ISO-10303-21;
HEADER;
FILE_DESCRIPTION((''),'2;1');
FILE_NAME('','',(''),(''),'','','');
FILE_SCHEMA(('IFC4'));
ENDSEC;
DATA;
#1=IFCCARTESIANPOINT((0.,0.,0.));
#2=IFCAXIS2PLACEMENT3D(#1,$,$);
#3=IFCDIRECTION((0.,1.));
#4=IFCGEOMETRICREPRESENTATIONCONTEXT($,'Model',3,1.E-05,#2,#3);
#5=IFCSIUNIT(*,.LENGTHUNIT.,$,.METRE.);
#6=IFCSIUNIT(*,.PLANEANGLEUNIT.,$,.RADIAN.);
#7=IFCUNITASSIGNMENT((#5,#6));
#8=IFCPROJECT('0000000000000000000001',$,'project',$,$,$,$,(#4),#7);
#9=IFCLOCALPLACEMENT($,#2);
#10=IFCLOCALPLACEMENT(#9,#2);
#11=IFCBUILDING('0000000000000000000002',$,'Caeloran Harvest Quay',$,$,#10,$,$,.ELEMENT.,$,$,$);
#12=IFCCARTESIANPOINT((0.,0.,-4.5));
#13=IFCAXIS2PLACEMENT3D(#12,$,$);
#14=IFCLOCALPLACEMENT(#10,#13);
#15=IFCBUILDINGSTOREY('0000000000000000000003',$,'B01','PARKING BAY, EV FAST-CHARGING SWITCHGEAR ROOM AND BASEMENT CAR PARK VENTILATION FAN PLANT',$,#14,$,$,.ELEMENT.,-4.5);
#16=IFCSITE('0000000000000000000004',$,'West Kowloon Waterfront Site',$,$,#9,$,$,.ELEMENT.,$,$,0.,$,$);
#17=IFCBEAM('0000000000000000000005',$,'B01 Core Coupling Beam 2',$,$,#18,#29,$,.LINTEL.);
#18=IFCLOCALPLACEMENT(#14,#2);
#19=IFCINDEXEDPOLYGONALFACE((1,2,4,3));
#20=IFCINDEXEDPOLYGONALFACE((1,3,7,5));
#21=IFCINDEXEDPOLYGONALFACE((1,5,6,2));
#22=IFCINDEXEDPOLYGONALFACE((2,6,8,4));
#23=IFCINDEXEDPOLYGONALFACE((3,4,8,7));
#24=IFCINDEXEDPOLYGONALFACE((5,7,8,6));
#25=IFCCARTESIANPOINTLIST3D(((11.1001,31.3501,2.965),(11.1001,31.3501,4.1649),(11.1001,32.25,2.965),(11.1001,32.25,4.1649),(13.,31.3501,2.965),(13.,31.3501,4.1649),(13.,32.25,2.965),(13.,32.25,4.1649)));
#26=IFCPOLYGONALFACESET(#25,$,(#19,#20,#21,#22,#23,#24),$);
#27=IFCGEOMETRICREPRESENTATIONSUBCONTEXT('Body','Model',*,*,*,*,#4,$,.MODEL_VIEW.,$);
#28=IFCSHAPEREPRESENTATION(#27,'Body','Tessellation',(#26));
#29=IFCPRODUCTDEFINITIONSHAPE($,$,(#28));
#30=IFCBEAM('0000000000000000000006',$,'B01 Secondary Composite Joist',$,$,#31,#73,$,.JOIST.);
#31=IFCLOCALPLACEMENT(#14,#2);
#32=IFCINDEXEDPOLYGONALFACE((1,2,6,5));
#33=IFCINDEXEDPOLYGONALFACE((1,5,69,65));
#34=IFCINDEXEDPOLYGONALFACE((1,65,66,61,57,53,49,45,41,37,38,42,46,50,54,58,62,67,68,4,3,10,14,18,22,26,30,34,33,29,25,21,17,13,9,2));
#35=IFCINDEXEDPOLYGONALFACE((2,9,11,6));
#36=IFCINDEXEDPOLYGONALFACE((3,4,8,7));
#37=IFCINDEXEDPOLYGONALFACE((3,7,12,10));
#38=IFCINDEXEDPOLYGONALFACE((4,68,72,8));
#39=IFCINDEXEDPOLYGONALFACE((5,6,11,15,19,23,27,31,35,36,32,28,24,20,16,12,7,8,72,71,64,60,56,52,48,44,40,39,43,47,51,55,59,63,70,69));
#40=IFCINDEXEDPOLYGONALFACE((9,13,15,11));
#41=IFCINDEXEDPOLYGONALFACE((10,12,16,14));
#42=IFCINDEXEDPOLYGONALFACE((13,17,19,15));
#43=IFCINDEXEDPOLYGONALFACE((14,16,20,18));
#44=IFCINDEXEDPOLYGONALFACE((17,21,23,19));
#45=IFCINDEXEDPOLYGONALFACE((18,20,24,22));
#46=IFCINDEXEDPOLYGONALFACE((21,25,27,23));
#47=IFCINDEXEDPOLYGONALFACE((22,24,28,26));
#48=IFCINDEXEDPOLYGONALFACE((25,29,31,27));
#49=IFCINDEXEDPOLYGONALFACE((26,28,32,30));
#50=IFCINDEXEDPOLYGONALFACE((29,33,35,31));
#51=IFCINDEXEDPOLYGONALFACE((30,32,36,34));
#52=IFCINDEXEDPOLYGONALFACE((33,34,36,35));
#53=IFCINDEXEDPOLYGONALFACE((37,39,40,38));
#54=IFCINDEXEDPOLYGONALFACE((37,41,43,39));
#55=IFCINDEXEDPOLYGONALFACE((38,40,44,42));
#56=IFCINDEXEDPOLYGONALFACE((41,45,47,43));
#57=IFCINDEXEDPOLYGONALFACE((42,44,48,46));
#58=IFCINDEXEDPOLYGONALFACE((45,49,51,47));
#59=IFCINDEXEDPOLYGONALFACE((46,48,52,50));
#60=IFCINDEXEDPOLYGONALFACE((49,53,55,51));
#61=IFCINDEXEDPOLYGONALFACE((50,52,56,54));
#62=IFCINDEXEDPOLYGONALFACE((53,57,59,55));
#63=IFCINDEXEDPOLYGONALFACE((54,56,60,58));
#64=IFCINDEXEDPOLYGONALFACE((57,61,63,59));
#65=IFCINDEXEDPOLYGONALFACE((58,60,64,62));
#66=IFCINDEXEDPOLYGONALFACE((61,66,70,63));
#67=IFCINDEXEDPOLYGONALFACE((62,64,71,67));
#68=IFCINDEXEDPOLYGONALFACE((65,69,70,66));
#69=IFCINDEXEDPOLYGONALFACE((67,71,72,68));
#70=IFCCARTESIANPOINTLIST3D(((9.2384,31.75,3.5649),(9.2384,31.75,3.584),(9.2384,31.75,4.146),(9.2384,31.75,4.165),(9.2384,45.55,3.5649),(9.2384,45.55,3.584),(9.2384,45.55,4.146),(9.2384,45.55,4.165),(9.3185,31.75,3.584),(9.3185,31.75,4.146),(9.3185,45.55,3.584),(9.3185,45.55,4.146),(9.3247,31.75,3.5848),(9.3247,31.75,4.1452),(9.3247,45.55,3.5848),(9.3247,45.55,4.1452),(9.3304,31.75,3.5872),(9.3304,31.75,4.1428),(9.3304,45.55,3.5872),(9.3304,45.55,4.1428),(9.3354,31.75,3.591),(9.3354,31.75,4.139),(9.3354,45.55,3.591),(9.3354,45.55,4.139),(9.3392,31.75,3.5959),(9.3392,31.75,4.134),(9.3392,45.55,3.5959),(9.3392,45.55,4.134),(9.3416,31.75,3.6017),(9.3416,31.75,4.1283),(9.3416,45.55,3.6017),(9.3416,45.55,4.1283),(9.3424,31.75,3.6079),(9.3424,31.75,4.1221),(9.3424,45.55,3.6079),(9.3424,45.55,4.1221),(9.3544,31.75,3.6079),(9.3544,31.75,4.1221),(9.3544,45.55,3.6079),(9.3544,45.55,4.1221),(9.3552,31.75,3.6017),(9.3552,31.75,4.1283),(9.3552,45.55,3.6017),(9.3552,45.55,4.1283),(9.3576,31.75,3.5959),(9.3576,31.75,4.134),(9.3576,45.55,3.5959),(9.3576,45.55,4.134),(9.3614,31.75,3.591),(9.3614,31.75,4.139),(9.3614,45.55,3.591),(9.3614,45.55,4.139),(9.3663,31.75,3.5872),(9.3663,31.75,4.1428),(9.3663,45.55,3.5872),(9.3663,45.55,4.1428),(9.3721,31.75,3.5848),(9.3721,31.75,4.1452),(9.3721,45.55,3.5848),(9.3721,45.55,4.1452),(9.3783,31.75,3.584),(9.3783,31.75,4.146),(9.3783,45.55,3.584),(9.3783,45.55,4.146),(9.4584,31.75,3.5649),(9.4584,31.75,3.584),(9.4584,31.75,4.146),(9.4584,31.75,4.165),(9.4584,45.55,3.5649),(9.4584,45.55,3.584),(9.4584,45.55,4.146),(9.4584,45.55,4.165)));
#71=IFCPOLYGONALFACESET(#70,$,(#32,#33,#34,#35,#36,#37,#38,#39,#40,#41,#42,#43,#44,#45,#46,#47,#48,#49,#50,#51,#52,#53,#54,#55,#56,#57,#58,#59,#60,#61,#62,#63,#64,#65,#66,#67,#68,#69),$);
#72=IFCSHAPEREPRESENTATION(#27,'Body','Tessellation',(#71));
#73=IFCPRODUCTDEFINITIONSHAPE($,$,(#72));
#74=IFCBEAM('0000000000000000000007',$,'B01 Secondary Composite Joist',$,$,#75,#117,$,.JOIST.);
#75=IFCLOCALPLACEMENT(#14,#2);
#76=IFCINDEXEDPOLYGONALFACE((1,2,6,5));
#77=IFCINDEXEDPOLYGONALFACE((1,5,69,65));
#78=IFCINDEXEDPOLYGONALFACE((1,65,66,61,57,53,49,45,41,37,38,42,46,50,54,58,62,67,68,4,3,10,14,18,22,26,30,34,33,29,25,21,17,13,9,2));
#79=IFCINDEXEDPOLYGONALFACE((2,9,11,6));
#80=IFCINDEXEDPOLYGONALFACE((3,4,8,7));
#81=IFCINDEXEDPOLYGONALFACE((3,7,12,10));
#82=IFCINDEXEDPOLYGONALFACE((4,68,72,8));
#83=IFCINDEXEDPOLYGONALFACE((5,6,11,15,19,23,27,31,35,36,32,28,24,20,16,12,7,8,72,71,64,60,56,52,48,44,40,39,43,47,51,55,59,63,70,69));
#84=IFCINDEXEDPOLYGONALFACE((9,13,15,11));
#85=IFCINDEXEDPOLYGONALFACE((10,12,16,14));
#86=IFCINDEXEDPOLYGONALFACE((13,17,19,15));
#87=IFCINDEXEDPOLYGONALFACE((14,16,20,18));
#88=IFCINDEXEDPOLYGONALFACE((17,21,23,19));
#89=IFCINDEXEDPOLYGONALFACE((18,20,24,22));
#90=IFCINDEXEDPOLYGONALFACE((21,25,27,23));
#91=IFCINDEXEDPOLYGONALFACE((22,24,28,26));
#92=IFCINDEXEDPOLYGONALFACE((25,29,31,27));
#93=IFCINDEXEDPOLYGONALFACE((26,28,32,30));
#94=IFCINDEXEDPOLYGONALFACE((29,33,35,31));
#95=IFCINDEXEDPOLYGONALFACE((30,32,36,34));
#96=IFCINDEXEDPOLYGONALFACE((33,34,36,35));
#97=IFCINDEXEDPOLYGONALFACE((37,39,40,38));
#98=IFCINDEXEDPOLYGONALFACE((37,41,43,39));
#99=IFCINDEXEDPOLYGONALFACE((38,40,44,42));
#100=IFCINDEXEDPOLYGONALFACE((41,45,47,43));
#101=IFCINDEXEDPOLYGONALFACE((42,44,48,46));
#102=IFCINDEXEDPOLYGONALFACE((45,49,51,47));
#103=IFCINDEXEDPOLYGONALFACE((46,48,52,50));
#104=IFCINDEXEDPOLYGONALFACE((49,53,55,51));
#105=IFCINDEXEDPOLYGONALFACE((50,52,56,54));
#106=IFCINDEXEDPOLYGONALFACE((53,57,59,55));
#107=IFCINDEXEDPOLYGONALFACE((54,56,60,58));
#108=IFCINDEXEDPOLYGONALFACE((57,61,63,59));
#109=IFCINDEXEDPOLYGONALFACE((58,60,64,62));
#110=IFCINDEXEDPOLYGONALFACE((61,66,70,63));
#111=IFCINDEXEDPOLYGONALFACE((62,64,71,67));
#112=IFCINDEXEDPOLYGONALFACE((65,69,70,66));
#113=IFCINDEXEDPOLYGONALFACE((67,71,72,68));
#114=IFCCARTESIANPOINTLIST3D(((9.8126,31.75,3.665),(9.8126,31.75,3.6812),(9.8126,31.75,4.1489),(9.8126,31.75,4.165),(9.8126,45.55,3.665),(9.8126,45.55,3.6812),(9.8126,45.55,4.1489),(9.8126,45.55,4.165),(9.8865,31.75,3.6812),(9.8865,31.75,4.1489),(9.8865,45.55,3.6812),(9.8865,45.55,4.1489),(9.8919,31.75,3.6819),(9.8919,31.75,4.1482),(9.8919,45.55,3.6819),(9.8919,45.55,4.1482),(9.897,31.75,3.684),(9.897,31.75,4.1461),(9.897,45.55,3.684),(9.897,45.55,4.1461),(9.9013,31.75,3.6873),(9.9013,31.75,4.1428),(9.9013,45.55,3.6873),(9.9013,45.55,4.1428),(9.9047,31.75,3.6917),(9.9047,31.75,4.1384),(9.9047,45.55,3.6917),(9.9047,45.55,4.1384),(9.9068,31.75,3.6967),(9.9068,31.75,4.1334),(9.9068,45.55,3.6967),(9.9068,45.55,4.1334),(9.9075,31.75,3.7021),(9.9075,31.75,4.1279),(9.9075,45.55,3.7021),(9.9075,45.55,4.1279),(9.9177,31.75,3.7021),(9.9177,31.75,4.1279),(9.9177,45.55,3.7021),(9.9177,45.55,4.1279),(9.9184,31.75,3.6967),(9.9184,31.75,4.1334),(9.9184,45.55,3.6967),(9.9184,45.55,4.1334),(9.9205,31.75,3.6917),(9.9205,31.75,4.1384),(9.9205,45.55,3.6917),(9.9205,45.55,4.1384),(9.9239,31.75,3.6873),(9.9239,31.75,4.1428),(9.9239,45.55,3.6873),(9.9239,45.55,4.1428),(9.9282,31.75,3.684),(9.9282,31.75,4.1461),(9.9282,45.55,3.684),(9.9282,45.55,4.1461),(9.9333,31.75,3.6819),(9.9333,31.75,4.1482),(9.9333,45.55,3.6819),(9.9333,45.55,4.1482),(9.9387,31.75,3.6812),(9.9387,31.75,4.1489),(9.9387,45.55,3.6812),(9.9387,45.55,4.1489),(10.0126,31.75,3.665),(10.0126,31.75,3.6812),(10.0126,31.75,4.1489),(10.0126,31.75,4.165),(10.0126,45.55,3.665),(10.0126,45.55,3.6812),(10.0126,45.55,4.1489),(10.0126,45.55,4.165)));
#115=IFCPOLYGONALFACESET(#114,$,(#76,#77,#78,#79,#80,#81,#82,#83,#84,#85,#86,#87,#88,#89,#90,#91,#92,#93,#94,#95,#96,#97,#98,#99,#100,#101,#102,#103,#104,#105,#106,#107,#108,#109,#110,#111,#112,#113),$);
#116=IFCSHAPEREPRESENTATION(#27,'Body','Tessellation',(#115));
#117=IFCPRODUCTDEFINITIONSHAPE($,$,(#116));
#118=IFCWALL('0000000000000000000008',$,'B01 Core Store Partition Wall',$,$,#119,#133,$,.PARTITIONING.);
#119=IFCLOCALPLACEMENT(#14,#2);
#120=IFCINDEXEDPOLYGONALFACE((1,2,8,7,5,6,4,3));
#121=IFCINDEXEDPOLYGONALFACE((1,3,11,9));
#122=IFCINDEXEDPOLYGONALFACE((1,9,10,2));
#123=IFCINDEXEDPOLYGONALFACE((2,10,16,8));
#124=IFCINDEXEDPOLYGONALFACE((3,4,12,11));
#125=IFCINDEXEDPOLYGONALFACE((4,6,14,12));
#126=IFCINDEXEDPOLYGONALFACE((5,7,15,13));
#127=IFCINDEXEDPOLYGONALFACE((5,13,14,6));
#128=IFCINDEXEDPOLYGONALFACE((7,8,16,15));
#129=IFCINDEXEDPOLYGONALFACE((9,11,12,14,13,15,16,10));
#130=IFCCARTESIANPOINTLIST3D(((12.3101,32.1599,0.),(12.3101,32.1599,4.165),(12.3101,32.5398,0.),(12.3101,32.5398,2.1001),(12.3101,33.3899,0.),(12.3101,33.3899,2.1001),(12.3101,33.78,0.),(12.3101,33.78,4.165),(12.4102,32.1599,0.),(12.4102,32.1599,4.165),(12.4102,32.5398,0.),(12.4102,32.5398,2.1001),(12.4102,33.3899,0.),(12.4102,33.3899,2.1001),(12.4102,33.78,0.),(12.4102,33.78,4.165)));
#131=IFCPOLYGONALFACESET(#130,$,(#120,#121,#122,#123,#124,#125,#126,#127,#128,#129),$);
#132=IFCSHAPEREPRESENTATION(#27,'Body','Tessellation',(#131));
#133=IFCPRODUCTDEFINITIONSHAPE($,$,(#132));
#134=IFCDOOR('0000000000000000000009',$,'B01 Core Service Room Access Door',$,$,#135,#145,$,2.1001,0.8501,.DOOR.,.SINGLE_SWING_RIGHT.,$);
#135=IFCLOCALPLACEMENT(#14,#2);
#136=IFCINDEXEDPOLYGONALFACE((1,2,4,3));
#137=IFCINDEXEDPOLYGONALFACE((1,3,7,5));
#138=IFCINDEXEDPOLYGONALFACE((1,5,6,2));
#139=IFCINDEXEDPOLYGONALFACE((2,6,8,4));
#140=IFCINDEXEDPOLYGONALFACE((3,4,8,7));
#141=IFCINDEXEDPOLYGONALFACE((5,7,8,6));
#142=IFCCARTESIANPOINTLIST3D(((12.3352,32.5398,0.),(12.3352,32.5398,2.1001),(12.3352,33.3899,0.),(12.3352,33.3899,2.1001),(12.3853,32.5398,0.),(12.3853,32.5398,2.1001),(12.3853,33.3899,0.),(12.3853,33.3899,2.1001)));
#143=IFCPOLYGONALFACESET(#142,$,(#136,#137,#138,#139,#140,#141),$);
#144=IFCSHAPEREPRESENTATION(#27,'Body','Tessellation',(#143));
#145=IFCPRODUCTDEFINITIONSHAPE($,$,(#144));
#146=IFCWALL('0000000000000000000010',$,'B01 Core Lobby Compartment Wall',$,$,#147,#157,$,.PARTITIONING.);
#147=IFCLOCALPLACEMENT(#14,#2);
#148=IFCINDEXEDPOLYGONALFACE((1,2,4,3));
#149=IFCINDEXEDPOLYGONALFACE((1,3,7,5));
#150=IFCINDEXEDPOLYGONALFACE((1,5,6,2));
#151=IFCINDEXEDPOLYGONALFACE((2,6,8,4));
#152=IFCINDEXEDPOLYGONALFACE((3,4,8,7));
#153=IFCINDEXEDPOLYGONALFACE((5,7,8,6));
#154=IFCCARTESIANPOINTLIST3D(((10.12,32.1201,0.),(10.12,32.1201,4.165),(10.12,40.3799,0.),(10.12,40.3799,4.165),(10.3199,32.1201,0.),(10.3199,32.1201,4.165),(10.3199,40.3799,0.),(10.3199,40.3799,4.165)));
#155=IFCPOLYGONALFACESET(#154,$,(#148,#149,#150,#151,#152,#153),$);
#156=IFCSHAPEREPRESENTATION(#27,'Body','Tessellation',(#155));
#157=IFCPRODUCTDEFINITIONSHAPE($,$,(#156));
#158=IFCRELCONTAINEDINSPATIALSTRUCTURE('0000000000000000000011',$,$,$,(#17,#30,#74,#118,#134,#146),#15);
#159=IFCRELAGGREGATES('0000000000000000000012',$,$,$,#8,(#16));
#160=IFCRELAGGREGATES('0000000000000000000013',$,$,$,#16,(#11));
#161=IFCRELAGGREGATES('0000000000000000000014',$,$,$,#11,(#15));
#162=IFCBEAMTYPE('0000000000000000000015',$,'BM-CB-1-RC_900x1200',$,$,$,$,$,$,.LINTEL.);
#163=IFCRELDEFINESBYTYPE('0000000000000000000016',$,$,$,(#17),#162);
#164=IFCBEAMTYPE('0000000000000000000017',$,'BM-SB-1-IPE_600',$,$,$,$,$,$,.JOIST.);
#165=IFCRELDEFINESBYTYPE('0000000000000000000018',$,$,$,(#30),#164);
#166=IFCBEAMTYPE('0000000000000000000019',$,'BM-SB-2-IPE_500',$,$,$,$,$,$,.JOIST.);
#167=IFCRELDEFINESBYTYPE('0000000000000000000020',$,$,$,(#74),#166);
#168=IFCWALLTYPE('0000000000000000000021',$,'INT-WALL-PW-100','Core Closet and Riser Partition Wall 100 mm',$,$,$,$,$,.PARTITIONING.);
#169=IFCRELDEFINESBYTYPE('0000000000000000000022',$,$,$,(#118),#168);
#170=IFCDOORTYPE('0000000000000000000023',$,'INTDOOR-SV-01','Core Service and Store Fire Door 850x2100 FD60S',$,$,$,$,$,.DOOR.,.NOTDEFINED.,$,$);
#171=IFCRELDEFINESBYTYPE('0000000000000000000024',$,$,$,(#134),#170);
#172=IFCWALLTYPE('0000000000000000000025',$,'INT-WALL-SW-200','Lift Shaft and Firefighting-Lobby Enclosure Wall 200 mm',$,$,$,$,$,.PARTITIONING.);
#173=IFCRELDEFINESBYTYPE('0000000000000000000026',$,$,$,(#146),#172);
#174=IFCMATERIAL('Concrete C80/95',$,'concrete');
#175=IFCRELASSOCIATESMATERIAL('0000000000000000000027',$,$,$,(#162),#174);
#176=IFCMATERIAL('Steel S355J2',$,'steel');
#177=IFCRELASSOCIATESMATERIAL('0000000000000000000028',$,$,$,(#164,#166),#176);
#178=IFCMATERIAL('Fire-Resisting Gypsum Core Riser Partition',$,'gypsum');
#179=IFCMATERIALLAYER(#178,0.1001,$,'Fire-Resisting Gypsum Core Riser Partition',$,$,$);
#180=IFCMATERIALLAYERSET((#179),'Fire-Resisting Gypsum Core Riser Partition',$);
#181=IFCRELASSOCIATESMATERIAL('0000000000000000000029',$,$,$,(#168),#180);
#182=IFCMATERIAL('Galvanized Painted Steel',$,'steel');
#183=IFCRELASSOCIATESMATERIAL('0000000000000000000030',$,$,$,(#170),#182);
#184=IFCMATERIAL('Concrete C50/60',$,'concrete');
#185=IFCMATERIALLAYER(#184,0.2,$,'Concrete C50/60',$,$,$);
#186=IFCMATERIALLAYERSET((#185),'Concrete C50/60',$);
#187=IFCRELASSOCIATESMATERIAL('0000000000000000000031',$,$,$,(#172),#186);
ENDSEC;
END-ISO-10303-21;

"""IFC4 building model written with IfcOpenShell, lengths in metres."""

from ifc_helpers import new_model, si_unit, direction, frame, frame_2d, origin, origin_2d, place, context, subcontext, project, spatial, rectangle, i_section, extrude, material, layer, layer_set, material_profile, profile_set, type_object, element, fill, save


model = new_model("IFC4")

# Units and contexts
model_context = context("Model", 3, precision=1e-05, world=origin(), true_north=direction((0.0, 1.0)))
body_context = subcontext(model_context, "Body", "Model", "MODEL_VIEW")
ifc_project = project(units=[si_unit("LENGTHUNIT", "METRE"), si_unit("PLANEANGLEUNIT", "RADIAN")], contexts=[model_context])

# Site, building, storey
site_placement = place(None, origin())
site = spatial("IfcSite", under=ifc_project, at=site_placement, Name="West Kowloon Waterfront Site", CompositionType="ELEMENT", RefElevation=0.0)
building_placement = place(site_placement, origin())
building = spatial("IfcBuilding", under=site, at=building_placement, Name="Caeloran Harvest Quay", CompositionType="ELEMENT")
storey_placement = place(building_placement, frame((0.0, 0.0, -4.5)))
storey = spatial("IfcBuildingStorey", under=building, at=storey_placement, Name="B01", Description="PARKING BAY, EV FAST-CHARGING SWITCHGEAR ROOM AND BASEMENT CAR PARK VENTILATION FAN PLANT", CompositionType="ELEMENT", Elevation=-4.5)

# Beams
ifc_material_1 = material(Name="Concrete C80/95", Category="concrete")
ifc_material_profile_1 = material_profile(ifc_material_1, rectangle(XDim=0.8999, YDim=1.2, at=origin_2d()), Name="RC 900x1200")
ifc_profile_set_1 = profile_set([ifc_material_profile_1], Name="Concrete C80/95")
beam_type_1 = type_object("IfcBeamType", Name="BM-CB-1-RC_900x1200", PredefinedType="LINTEL", material=ifc_profile_set_1)
beam_1_placement = place(storey_placement, frame((11.1001, 31.8, 3.5649), z_axis=(1.0, 0.0, 0.0), x_axis=(0.0, 1.0, 0.0)))
element("IfcBeam", 1, at=beam_1_placement, inside=storey, type_object=beam_type_1, Name="B01 Core Coupling Beam 2", PredefinedType="LINTEL", context=body_context, shape_type="SweptSolid", body=[
    extrude(rectangle(XDim=0.8999, YDim=1.2, at=origin_2d()), origin(), (0.0, 0.0, 1.0), 1.8999),
])
ifc_material_2 = material(Name="Steel S355J2", Category="steel")
ifc_material_profile_2 = material_profile(ifc_material_2, i_section(OverallWidth=0.22, OverallDepth=0.6001, WebThickness=0.012, FlangeThickness=0.019, FilletRadius=0.0239, at=origin_2d()), Name="IPE 600")
ifc_profile_set_2 = profile_set([ifc_material_profile_2], Name="Steel S355J2")
beam_type_2 = type_object("IfcBeamType", Name="BM-SB-1-IPE_600", PredefinedType="JOIST", material=ifc_profile_set_2)
beam_2_placement = place(storey_placement, frame((9.3484, 31.75, 3.865), z_axis=(0.0, 1.0, 0.0), x_axis=(-1.0, 0.0, 0.0)))
element("IfcBeam", 2, at=beam_2_placement, inside=storey, type_object=beam_type_2, Name="B01 Secondary Composite Joist", PredefinedType="JOIST", context=body_context, shape_type="SweptSolid", body=[
    extrude(i_section(OverallWidth=0.22, OverallDepth=0.6001, WebThickness=0.012, FlangeThickness=0.019, FilletRadius=0.0239, at=origin_2d()), origin(), (0.0, 0.0, 1.0), 13.8),
])
ifc_material_profile_3 = material_profile(ifc_material_2, i_section(OverallWidth=0.2, OverallDepth=0.5, WebThickness=0.0103, FlangeThickness=0.0161, FilletRadius=0.021, at=origin_2d()), Name="IPE 500")
ifc_profile_set_3 = profile_set([ifc_material_profile_3], Name="Steel S355J2")
beam_type_3 = type_object("IfcBeamType", Name="BM-SB-2-IPE_500", PredefinedType="JOIST", material=ifc_profile_set_3)
beam_3_placement = place(storey_placement, frame((9.9126, 31.75, 3.915), z_axis=(0.0, 1.0, 0.0), x_axis=(-1.0, 0.0, 0.0)))
element("IfcBeam", 3, at=beam_3_placement, inside=storey, type_object=beam_type_3, Name="B01 Secondary Composite Joist", PredefinedType="JOIST", context=body_context, shape_type="SweptSolid", body=[
    extrude(i_section(OverallWidth=0.2, OverallDepth=0.5, WebThickness=0.0103, FlangeThickness=0.0161, FilletRadius=0.021, at=origin_2d()), origin(), (0.0, 0.0, 1.0), 13.8),
])

# Wall, opening, door
ifc_material_3 = material(Name="Fire-Resisting Gypsum Core Riser Partition", Category="gypsum")
ifc_layer_1 = layer(ifc_material_3, 0.1001, Name="Fire-Resisting Gypsum Core Riser Partition")
ifc_layer_set_1 = layer_set([ifc_layer_1], Name="Fire-Resisting Gypsum Core Riser Partition")
wall_type_1 = type_object("IfcWallType", Name="INT-WALL-PW-100", Description="Core Closet and Riser Partition Wall 100 mm", PredefinedType="PARTITIONING", material=ifc_layer_set_1)
wall_1_placement = place(storey_placement, frame((12.3601, 32.1599, 0.0), z_axis=(0.0, 0.0, 1.0), x_axis=(0.0, 1.0, 0.0)))
wall_1 = element("IfcWall", 4, at=wall_1_placement, inside=storey, type_object=wall_type_1, Name="B01 Core Store Partition Wall", PredefinedType="PARTITIONING", context=body_context, shape_type="SweptSolid", body=[
    extrude(rectangle(XDim=1.6201, YDim=0.1001, at=frame_2d((0.8101, 0.0))), origin(), (0.0, 0.0, 1.0), 4.165),
])
opening_1_placement = place(wall_1_placement, frame((0.3799, 0.0, 0.0)))
opening_1 = element("IfcOpeningElement", 5, at=opening_1_placement, cuts=wall_1, PredefinedType="OPENING", context=body_context, shape_type="SweptSolid", body=[
    extrude(rectangle(XDim=0.8501, YDim=2.1001, at=frame_2d((0.425, 1.05))), frame((0.0, 0.0601, 0.0), z_axis=(0.0, -1.0, 0.0), x_axis=(1.0, 0.0, 0.0)), (0.0, 0.0, 1.0), 0.1201),
])
ifc_material_4 = material(Name="Galvanized Painted Steel", Category="steel")
door_type_1 = type_object("IfcDoorType", Name="INTDOOR-SV-01", Description="Core Service and Store Fire Door 850x2100 FD60S", OperationType="NOTDEFINED", PredefinedType="DOOR", material=ifc_material_4)
door_1_placement = place(opening_1_placement, origin())
door_1 = element("IfcDoor", 6, at=door_1_placement, inside=storey, type_object=door_type_1, Name="B01 Core Service Room Access Door", OperationType="SINGLE_SWING_RIGHT", OverallHeight=2.1001, OverallWidth=0.8501, PredefinedType="DOOR", context=body_context, shape_type="SweptSolid", body=[
    extrude(rectangle(XDim=0.8501, YDim=2.1001, at=frame_2d((0.425, 1.05))), frame((0.0, 0.0249, 0.0), z_axis=(0.0, -1.0, 0.0), x_axis=(1.0, 0.0, 0.0)), (0.0, 0.0, 1.0), 0.05),
])
fill(opening_1, door_1)

# Wall
ifc_material_5 = material(Name="Concrete C50/60", Category="concrete")
ifc_layer_2 = layer(ifc_material_5, 0.2, Name="Concrete C50/60")
ifc_layer_set_2 = layer_set([ifc_layer_2], Name="Concrete C50/60")
wall_type_2 = type_object("IfcWallType", Name="INT-WALL-SW-200", Description="Lift Shaft and Firefighting-Lobby Enclosure Wall 200 mm", PredefinedType="PARTITIONING", material=ifc_layer_set_2)
wall_2_placement = place(storey_placement, frame((10.22, 32.1201, 0.0), z_axis=(0.0, 0.0, 1.0), x_axis=(0.0, 1.0, 0.0)))
element("IfcWall", 7, at=wall_2_placement, inside=storey, type_object=wall_type_2, Name="B01 Core Lobby Compartment Wall", PredefinedType="PARTITIONING", context=body_context, shape_type="SweptSolid", body=[
    extrude(rectangle(XDim=8.2598, YDim=0.2, at=frame_2d((4.1299, 0.0))), origin(), (0.0, 0.0, 1.0), 4.165),
])

save(model, "model.ifc")
